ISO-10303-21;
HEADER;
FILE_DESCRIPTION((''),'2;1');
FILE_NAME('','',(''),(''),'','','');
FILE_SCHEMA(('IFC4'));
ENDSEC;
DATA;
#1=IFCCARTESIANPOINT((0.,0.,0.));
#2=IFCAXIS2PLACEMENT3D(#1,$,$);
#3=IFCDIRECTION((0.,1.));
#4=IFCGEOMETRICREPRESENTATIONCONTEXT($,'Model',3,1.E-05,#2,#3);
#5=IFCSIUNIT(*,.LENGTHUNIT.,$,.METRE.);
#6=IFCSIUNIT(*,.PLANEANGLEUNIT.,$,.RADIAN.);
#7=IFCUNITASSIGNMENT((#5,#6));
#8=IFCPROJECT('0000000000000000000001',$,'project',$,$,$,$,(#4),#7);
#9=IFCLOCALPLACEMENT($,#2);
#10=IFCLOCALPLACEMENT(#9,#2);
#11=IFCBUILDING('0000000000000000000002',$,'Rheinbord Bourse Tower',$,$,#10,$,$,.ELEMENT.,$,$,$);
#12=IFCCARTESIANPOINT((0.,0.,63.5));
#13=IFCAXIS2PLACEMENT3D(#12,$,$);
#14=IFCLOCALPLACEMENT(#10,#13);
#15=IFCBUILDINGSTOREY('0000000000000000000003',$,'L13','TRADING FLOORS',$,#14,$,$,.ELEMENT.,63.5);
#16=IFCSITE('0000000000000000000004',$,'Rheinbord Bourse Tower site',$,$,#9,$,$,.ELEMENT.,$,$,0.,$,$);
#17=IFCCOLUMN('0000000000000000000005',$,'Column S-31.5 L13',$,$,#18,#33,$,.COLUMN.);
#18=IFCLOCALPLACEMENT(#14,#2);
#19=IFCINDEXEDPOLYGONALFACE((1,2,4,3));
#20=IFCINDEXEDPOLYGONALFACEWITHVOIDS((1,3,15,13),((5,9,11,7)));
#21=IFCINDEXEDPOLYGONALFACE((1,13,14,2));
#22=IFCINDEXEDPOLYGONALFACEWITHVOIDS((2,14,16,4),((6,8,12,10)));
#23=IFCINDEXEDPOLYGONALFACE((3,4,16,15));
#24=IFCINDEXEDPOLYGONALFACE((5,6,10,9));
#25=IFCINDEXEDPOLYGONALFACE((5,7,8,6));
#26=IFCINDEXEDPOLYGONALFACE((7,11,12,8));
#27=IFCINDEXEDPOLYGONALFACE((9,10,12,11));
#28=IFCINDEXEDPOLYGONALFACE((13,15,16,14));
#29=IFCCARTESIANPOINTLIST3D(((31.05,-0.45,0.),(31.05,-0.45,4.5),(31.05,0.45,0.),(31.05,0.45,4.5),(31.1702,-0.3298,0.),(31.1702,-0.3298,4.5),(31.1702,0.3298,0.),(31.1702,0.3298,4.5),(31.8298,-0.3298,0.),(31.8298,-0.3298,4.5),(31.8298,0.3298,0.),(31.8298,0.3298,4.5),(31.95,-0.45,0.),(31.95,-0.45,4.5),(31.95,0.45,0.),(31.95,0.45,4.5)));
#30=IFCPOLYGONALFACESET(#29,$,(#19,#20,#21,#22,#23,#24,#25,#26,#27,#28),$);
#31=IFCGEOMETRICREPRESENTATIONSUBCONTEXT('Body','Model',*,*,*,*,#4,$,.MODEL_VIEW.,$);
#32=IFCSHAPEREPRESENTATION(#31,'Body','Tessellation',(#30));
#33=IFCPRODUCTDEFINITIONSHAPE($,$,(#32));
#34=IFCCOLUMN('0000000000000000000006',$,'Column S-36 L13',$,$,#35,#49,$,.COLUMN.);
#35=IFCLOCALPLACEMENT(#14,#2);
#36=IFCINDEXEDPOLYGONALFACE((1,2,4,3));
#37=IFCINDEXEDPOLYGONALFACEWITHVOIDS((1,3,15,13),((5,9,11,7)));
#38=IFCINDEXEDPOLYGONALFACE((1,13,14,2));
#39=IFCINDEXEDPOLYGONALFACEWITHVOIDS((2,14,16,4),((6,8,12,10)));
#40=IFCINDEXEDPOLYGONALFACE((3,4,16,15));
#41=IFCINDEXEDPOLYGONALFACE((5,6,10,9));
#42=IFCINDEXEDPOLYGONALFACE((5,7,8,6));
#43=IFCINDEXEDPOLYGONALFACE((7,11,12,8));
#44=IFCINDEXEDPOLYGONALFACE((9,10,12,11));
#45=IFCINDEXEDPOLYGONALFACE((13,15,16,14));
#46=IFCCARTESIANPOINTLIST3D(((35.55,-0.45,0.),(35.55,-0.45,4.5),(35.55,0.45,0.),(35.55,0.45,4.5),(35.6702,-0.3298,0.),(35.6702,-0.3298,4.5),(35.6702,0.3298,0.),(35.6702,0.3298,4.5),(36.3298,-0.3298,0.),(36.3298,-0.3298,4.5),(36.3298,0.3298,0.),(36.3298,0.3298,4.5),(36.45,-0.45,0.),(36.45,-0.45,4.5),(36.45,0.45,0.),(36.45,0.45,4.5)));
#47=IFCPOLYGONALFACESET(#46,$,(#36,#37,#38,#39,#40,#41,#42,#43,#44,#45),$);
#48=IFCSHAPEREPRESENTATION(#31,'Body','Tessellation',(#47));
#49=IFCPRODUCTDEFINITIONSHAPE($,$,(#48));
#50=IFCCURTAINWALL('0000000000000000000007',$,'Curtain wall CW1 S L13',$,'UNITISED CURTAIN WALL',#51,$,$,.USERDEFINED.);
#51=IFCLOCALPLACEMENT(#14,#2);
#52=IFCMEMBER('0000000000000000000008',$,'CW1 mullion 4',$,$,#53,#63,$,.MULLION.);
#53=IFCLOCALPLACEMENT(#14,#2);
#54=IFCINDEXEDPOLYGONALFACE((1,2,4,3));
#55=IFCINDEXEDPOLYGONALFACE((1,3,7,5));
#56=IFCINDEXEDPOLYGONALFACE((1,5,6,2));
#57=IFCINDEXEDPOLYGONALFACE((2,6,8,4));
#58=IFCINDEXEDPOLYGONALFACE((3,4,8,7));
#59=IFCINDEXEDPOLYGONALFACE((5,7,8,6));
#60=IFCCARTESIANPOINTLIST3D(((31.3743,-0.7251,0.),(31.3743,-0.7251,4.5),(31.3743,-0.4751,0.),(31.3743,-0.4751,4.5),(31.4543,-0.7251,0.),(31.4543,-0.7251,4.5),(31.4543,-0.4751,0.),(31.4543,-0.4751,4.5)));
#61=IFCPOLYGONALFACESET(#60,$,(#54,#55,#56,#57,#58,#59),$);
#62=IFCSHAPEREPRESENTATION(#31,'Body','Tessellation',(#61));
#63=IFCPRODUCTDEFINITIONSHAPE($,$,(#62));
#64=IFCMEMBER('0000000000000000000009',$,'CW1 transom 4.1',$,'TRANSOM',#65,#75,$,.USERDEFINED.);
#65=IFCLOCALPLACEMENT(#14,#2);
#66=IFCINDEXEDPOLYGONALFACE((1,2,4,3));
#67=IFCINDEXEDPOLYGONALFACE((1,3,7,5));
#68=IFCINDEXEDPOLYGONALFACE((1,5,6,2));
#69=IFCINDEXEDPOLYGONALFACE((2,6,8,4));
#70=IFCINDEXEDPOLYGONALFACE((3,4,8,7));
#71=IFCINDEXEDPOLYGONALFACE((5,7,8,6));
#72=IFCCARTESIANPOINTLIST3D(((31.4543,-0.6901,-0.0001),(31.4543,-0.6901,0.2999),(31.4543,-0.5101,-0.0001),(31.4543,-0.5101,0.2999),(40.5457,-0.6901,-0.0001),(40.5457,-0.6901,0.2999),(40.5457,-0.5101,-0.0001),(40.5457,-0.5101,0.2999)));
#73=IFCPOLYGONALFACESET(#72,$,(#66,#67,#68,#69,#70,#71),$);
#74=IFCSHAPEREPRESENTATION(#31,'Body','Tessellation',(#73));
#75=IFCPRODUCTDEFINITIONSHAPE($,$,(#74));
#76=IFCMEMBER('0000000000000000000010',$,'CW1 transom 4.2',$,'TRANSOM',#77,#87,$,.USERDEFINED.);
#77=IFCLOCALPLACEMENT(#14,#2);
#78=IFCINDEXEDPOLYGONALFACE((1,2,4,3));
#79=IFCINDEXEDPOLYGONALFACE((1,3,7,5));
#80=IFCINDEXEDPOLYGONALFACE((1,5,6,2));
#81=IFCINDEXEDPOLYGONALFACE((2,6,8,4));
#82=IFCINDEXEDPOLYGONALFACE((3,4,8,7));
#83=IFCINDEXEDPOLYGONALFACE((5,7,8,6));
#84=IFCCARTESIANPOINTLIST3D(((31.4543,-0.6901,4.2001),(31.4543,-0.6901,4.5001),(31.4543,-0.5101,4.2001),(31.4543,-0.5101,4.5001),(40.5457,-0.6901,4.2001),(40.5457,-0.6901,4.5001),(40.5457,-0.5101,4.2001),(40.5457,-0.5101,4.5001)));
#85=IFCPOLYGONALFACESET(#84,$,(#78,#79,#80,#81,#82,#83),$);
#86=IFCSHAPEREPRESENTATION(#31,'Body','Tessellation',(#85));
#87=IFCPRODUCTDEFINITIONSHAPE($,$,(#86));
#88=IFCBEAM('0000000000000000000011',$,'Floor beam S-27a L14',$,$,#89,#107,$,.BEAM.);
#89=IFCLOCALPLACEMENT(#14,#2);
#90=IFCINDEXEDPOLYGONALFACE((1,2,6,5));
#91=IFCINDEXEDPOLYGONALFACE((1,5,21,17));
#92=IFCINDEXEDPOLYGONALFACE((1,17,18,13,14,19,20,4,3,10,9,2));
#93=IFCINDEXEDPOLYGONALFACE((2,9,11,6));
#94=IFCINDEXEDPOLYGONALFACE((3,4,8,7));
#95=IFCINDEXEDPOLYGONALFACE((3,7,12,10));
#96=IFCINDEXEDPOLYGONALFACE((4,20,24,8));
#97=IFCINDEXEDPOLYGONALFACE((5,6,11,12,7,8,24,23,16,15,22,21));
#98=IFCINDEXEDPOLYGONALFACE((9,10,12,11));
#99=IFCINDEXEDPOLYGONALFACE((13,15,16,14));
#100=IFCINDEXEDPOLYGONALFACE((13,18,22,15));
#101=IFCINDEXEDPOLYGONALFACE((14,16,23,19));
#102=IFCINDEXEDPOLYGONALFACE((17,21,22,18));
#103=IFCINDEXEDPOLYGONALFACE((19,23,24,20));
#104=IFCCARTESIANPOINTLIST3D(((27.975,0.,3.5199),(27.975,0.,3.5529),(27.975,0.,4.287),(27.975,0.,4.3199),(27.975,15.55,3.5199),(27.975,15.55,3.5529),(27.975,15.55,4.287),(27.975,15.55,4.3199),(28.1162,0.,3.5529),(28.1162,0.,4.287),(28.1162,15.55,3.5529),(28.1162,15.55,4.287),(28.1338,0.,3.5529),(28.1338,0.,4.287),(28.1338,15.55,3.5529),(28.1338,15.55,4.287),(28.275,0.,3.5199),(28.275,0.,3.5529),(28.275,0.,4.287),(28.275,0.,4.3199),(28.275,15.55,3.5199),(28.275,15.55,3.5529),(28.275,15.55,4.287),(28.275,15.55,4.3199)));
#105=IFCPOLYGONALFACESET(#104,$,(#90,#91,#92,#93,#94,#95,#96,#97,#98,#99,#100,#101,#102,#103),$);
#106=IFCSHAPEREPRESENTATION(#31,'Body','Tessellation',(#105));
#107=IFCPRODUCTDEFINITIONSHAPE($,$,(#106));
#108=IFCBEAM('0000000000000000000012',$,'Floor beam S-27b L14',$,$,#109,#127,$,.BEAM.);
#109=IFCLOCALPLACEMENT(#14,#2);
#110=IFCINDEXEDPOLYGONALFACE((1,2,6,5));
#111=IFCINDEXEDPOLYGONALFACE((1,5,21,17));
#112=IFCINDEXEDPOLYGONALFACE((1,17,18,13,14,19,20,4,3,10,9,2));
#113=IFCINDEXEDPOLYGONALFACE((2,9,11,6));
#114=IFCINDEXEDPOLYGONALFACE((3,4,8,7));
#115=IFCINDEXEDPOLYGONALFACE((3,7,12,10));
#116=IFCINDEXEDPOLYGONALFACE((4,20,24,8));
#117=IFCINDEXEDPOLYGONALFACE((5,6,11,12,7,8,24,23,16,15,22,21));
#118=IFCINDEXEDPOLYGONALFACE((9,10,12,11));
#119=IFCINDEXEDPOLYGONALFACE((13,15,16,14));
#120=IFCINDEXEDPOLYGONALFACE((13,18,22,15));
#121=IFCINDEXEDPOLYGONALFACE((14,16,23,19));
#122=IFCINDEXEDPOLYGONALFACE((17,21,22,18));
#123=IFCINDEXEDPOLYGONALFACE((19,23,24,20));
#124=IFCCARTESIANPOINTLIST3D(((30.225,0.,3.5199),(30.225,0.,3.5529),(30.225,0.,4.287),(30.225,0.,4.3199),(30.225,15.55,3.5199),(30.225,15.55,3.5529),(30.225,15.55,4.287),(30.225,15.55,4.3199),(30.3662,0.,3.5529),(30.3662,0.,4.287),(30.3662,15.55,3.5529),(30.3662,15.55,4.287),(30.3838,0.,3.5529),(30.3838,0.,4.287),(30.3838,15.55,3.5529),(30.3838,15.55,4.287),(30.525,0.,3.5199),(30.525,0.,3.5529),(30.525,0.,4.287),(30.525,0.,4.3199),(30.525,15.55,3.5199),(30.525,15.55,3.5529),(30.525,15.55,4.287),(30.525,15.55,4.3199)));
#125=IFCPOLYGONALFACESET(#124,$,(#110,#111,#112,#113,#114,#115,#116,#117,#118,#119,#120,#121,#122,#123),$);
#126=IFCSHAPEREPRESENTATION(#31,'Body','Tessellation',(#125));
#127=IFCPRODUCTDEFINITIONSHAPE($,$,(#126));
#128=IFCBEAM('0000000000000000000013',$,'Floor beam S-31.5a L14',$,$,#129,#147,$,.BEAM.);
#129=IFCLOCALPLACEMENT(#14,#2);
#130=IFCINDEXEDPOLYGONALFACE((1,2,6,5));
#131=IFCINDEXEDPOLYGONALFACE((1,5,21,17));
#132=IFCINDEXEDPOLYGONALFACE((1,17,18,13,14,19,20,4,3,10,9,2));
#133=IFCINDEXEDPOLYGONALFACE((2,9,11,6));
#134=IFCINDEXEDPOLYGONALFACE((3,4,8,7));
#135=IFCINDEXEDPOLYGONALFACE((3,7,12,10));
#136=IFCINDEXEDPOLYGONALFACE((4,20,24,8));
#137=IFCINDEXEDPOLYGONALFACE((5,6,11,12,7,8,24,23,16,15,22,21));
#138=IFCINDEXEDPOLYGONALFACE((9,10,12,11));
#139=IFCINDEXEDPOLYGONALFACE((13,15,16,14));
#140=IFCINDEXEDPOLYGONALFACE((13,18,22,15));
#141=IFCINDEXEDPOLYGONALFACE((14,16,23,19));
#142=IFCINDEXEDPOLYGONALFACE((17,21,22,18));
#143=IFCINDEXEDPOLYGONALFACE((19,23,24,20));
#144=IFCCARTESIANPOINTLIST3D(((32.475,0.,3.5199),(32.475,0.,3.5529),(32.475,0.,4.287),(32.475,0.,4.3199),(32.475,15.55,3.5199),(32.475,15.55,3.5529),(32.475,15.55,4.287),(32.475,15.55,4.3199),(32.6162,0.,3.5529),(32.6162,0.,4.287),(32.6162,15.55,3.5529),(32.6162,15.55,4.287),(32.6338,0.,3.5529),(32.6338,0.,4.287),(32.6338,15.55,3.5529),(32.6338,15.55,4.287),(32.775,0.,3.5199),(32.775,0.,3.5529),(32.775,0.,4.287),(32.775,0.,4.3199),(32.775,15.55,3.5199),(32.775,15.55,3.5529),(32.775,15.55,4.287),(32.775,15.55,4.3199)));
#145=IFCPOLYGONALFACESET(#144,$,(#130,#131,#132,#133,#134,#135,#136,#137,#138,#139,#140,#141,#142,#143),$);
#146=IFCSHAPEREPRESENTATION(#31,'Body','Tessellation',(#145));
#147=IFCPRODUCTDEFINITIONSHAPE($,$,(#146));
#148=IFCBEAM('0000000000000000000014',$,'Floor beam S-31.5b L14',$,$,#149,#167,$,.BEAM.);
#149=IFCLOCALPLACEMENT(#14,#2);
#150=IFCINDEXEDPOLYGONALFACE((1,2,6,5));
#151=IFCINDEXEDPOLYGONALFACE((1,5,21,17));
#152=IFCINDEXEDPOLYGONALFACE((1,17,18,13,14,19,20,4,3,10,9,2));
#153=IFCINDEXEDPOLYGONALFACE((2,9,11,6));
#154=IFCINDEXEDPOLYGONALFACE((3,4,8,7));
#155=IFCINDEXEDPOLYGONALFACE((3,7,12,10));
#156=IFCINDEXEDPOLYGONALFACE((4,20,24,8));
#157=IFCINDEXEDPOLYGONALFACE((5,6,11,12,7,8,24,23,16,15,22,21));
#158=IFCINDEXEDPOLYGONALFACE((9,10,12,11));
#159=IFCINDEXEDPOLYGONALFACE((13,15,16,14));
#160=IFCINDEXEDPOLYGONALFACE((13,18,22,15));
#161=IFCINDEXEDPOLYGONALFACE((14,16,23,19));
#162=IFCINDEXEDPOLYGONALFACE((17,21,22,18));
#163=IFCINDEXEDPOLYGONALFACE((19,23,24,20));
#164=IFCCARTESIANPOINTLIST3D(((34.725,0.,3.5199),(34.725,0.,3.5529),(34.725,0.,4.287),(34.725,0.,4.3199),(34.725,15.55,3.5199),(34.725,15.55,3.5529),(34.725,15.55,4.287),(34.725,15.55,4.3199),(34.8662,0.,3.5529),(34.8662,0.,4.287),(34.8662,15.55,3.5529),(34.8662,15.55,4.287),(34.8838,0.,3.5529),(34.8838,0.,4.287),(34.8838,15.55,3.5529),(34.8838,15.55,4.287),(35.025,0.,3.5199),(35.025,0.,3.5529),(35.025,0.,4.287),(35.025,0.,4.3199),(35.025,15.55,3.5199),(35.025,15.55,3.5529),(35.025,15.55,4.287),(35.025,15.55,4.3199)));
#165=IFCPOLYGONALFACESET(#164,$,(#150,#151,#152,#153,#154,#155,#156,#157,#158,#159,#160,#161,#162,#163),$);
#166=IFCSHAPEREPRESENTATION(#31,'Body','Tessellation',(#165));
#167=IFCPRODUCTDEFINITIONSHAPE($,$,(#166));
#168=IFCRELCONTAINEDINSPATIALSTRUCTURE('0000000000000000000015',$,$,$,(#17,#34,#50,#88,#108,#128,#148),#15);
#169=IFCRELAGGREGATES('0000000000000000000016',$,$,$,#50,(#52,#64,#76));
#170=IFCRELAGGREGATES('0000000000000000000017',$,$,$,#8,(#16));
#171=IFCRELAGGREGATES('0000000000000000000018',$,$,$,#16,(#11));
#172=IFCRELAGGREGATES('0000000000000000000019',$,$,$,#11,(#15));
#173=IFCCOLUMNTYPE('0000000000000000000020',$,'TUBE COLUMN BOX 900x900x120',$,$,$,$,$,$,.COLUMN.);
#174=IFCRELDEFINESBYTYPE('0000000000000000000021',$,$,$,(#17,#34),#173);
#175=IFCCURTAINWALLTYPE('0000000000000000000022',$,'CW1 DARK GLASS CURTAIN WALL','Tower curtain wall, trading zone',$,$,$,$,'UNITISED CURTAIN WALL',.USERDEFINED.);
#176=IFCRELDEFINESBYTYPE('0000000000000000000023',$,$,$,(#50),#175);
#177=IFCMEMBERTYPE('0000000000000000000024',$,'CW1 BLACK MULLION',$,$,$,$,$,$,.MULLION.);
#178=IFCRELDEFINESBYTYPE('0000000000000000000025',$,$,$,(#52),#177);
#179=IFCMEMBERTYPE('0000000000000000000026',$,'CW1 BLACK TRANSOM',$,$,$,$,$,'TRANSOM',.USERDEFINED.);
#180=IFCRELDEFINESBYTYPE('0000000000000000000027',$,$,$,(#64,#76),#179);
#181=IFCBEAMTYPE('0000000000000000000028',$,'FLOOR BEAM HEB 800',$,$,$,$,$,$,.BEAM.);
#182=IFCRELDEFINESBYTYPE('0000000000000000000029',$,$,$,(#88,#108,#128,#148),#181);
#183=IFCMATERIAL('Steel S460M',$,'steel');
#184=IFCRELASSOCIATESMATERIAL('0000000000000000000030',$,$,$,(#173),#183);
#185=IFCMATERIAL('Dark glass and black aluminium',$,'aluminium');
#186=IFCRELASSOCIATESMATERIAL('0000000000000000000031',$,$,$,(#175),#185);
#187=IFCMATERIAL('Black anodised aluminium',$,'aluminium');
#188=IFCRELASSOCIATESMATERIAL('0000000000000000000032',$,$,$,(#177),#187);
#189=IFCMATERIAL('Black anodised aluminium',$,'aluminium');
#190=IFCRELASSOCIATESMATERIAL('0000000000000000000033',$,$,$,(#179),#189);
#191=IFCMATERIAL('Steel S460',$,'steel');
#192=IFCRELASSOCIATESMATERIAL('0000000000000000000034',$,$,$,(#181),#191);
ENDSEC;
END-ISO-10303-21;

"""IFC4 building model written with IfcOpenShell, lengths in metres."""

from ifc_helpers import new_model, si_unit, direction, frame, origin, origin_2d, place, context, subcontext, project, spatial, rectangle, hollow_rectangle, i_section, extrude, material, material_profile, profile_set, type_object, element, aggregate, save


model = new_model("IFC4")

# Units and contexts
model_context = context("Model", 3, precision=1e-05, world=origin(), true_north=direction((0.0, 1.0)))
body_context = subcontext(model_context, "Body", "Model", "MODEL_VIEW")
ifc_project = project(units=[si_unit("LENGTHUNIT", "METRE"), si_unit("PLANEANGLEUNIT", "RADIAN")], contexts=[model_context])

# Site, building, storey
site_placement = place(None, origin())
site = spatial("IfcSite", under=ifc_project, at=site_placement, Name="Rheinbord Bourse Tower site", CompositionType="ELEMENT", RefElevation=0.0)
building_placement = place(site_placement, origin())
building = spatial("IfcBuilding", under=site, at=building_placement, Name="Rheinbord Bourse Tower", CompositionType="ELEMENT")
storey_placement = place(building_placement, frame((0.0, 0.0, 63.5)))
storey = spatial("IfcBuildingStorey", under=building, at=storey_placement, Name="L13", Description="TRADING FLOORS", CompositionType="ELEMENT", Elevation=63.5)

# Columns
ifc_material_1 = material(Name="Steel S460M", Category="steel")
ifc_material_profile_1 = material_profile(ifc_material_1, hollow_rectangle(XDim=0.8999, YDim=0.8999, WallThickness=0.1201, at=origin_2d()), Name="BOX 900x900x120")
ifc_profile_set_1 = profile_set([ifc_material_profile_1], Name="Steel S460M")
column_type = type_object("IfcColumnType", Name="TUBE COLUMN BOX 900x900x120", PredefinedType="COLUMN", material=ifc_profile_set_1)
for number, where, z_axis, x_axis, name in (
    (1, (31.5, 0.0, 0.0), (0.0, 0.0, 1.0), (0.0, 1.0, 0.0), "Column S-31.5 L13"),
    (2, (36.0, 0.0, 0.0), (0.0, 0.0, 1.0), (0.0, 1.0, 0.0), "Column S-36 L13"),
):
    element("IfcColumn", number, at=place(storey_placement, frame(where, z_axis=z_axis, x_axis=x_axis)), inside=storey, type_object=column_type, Name=name, PredefinedType="COLUMN", context=body_context, shape_type="SweptSolid", body=[
        extrude(hollow_rectangle(XDim=0.8999, YDim=0.8999, WallThickness=0.1201, at=origin_2d()), origin(), (0.0, 0.0, 1.0), 4.5),
    ])

# Curtain wall, members
ifc_material_2 = material(Name="Dark glass and black aluminium", Category="aluminium")
curtain_wall_type = type_object("IfcCurtainWallType", Name="CW1 DARK GLASS CURTAIN WALL", Description="Tower curtain wall, trading zone", ElementType="UNITISED CURTAIN WALL", PredefinedType="USERDEFINED", material=ifc_material_2)
curtain_wall_placement = place(storey_placement, origin())
curtain_wall = element("IfcCurtainWall", 3, at=curtain_wall_placement, inside=storey, type_object=curtain_wall_type, Name="Curtain wall CW1 S L13", ObjectType="UNITISED CURTAIN WALL", PredefinedType="USERDEFINED")
ifc_material_3 = material(Name="Black anodised aluminium", Category="aluminium")
ifc_material_profile_2 = material_profile(ifc_material_3, rectangle(XDim=0.25, YDim=0.0801, at=origin_2d()), Name="CW1 MULLION 80x250")
ifc_profile_set_2 = profile_set([ifc_material_profile_2], Name="Black anodised aluminium")
member_type_1 = type_object("IfcMemberType", Name="CW1 BLACK MULLION", PredefinedType="MULLION", material=ifc_profile_set_2)
member_1_placement = place(storey_placement, frame((31.4143, -0.6001, 0.0), z_axis=(0.0, 0.0, 1.0), x_axis=(0.0, 1.0, 0.0)))
member_1 = element("IfcMember", 4, at=member_1_placement, type_object=member_type_1, Name="CW1 mullion 4", PredefinedType="MULLION", context=body_context, shape_type="SweptSolid", body=[
    extrude(rectangle(XDim=0.25, YDim=0.0801, at=origin_2d()), origin(), (0.0, 0.0, 1.0), 4.5),
])
ifc_material_4 = material(Name="Black anodised aluminium", Category="aluminium")
ifc_material_profile_3 = material_profile(ifc_material_4, rectangle(XDim=0.1799, YDim=0.3, at=origin_2d()), Name="CW1 TRANSOM 300x180")
ifc_profile_set_3 = profile_set([ifc_material_profile_3], Name="Black anodised aluminium")
member_type_2 = type_object("IfcMemberType", Name="CW1 BLACK TRANSOM", ElementType="TRANSOM", PredefinedType="USERDEFINED", material=ifc_profile_set_3)
member_2_placement = place(storey_placement, frame((31.4543, -0.6001, 0.1499), z_axis=(1.0, 0.0, 0.0), x_axis=(0.0, 1.0, 0.0)))
member_2 = element("IfcMember", 5, at=member_2_placement, type_object=member_type_2, Name="CW1 transom 4.1", ObjectType="TRANSOM", PredefinedType="USERDEFINED", context=body_context, shape_type="SweptSolid", body=[
    extrude(rectangle(XDim=0.1799, YDim=0.3, at=origin_2d()), origin(), (0.0, 0.0, 1.0), 9.0913),
])
member_3_placement = place(storey_placement, frame((31.4543, -0.6001, 4.3501), z_axis=(1.0, 0.0, 0.0), x_axis=(0.0, 1.0, 0.0)))
member_3 = element("IfcMember", 6, at=member_3_placement, type_object=member_type_2, Name="CW1 transom 4.2", ObjectType="TRANSOM", PredefinedType="USERDEFINED", context=body_context, shape_type="SweptSolid", body=[
    extrude(rectangle(XDim=0.1799, YDim=0.3, at=origin_2d()), origin(), (0.0, 0.0, 1.0), 9.0913),
])

# Beams
ifc_material_5 = material(Name="Steel S460", Category="steel")
ifc_material_profile_4 = material_profile(ifc_material_5, i_section(OverallWidth=0.3, OverallDepth=0.8, WebThickness=0.0176, FlangeThickness=0.033, at=origin_2d()), Name="HEB 800")
ifc_profile_set_4 = profile_set([ifc_material_profile_4], Name="Steel S460")
beam_type_1 = type_object("IfcBeamType", Name="FLOOR BEAM HEB 800", PredefinedType="BEAM", material=ifc_profile_set_4)
for number, where, z_axis, x_axis, name in (
    (7, (28.125, 0.0, 3.9199), (0.0, 1.0, 0.0), (-1.0, 0.0, 0.0), "Floor beam S-27a L14"),
    (8, (30.375, 0.0, 3.9199), (0.0, 1.0, 0.0), (-1.0, 0.0, 0.0), "Floor beam S-27b L14"),
    (9, (32.625, 0.0, 3.9199), (0.0, 1.0, 0.0), (-1.0, 0.0, 0.0), "Floor beam S-31.5a L14"),
    (10, (34.875, 0.0, 3.9199), (0.0, 1.0, 0.0), (-1.0, 0.0, 0.0), "Floor beam S-31.5b L14"),
):
    element("IfcBeam", number, at=place(storey_placement, frame(where, z_axis=z_axis, x_axis=x_axis)), inside=storey, type_object=beam_type_1, Name=name, PredefinedType="BEAM", context=body_context, shape_type="SweptSolid", body=[
        extrude(i_section(OverallWidth=0.3, OverallDepth=0.8, WebThickness=0.0176, FlangeThickness=0.033, at=origin_2d()), origin(), (0.0, 0.0, 1.0), 15.55),
    ])

aggregate(curtain_wall, [member_1, member_2, member_3])

save(model, "model.ifc")
